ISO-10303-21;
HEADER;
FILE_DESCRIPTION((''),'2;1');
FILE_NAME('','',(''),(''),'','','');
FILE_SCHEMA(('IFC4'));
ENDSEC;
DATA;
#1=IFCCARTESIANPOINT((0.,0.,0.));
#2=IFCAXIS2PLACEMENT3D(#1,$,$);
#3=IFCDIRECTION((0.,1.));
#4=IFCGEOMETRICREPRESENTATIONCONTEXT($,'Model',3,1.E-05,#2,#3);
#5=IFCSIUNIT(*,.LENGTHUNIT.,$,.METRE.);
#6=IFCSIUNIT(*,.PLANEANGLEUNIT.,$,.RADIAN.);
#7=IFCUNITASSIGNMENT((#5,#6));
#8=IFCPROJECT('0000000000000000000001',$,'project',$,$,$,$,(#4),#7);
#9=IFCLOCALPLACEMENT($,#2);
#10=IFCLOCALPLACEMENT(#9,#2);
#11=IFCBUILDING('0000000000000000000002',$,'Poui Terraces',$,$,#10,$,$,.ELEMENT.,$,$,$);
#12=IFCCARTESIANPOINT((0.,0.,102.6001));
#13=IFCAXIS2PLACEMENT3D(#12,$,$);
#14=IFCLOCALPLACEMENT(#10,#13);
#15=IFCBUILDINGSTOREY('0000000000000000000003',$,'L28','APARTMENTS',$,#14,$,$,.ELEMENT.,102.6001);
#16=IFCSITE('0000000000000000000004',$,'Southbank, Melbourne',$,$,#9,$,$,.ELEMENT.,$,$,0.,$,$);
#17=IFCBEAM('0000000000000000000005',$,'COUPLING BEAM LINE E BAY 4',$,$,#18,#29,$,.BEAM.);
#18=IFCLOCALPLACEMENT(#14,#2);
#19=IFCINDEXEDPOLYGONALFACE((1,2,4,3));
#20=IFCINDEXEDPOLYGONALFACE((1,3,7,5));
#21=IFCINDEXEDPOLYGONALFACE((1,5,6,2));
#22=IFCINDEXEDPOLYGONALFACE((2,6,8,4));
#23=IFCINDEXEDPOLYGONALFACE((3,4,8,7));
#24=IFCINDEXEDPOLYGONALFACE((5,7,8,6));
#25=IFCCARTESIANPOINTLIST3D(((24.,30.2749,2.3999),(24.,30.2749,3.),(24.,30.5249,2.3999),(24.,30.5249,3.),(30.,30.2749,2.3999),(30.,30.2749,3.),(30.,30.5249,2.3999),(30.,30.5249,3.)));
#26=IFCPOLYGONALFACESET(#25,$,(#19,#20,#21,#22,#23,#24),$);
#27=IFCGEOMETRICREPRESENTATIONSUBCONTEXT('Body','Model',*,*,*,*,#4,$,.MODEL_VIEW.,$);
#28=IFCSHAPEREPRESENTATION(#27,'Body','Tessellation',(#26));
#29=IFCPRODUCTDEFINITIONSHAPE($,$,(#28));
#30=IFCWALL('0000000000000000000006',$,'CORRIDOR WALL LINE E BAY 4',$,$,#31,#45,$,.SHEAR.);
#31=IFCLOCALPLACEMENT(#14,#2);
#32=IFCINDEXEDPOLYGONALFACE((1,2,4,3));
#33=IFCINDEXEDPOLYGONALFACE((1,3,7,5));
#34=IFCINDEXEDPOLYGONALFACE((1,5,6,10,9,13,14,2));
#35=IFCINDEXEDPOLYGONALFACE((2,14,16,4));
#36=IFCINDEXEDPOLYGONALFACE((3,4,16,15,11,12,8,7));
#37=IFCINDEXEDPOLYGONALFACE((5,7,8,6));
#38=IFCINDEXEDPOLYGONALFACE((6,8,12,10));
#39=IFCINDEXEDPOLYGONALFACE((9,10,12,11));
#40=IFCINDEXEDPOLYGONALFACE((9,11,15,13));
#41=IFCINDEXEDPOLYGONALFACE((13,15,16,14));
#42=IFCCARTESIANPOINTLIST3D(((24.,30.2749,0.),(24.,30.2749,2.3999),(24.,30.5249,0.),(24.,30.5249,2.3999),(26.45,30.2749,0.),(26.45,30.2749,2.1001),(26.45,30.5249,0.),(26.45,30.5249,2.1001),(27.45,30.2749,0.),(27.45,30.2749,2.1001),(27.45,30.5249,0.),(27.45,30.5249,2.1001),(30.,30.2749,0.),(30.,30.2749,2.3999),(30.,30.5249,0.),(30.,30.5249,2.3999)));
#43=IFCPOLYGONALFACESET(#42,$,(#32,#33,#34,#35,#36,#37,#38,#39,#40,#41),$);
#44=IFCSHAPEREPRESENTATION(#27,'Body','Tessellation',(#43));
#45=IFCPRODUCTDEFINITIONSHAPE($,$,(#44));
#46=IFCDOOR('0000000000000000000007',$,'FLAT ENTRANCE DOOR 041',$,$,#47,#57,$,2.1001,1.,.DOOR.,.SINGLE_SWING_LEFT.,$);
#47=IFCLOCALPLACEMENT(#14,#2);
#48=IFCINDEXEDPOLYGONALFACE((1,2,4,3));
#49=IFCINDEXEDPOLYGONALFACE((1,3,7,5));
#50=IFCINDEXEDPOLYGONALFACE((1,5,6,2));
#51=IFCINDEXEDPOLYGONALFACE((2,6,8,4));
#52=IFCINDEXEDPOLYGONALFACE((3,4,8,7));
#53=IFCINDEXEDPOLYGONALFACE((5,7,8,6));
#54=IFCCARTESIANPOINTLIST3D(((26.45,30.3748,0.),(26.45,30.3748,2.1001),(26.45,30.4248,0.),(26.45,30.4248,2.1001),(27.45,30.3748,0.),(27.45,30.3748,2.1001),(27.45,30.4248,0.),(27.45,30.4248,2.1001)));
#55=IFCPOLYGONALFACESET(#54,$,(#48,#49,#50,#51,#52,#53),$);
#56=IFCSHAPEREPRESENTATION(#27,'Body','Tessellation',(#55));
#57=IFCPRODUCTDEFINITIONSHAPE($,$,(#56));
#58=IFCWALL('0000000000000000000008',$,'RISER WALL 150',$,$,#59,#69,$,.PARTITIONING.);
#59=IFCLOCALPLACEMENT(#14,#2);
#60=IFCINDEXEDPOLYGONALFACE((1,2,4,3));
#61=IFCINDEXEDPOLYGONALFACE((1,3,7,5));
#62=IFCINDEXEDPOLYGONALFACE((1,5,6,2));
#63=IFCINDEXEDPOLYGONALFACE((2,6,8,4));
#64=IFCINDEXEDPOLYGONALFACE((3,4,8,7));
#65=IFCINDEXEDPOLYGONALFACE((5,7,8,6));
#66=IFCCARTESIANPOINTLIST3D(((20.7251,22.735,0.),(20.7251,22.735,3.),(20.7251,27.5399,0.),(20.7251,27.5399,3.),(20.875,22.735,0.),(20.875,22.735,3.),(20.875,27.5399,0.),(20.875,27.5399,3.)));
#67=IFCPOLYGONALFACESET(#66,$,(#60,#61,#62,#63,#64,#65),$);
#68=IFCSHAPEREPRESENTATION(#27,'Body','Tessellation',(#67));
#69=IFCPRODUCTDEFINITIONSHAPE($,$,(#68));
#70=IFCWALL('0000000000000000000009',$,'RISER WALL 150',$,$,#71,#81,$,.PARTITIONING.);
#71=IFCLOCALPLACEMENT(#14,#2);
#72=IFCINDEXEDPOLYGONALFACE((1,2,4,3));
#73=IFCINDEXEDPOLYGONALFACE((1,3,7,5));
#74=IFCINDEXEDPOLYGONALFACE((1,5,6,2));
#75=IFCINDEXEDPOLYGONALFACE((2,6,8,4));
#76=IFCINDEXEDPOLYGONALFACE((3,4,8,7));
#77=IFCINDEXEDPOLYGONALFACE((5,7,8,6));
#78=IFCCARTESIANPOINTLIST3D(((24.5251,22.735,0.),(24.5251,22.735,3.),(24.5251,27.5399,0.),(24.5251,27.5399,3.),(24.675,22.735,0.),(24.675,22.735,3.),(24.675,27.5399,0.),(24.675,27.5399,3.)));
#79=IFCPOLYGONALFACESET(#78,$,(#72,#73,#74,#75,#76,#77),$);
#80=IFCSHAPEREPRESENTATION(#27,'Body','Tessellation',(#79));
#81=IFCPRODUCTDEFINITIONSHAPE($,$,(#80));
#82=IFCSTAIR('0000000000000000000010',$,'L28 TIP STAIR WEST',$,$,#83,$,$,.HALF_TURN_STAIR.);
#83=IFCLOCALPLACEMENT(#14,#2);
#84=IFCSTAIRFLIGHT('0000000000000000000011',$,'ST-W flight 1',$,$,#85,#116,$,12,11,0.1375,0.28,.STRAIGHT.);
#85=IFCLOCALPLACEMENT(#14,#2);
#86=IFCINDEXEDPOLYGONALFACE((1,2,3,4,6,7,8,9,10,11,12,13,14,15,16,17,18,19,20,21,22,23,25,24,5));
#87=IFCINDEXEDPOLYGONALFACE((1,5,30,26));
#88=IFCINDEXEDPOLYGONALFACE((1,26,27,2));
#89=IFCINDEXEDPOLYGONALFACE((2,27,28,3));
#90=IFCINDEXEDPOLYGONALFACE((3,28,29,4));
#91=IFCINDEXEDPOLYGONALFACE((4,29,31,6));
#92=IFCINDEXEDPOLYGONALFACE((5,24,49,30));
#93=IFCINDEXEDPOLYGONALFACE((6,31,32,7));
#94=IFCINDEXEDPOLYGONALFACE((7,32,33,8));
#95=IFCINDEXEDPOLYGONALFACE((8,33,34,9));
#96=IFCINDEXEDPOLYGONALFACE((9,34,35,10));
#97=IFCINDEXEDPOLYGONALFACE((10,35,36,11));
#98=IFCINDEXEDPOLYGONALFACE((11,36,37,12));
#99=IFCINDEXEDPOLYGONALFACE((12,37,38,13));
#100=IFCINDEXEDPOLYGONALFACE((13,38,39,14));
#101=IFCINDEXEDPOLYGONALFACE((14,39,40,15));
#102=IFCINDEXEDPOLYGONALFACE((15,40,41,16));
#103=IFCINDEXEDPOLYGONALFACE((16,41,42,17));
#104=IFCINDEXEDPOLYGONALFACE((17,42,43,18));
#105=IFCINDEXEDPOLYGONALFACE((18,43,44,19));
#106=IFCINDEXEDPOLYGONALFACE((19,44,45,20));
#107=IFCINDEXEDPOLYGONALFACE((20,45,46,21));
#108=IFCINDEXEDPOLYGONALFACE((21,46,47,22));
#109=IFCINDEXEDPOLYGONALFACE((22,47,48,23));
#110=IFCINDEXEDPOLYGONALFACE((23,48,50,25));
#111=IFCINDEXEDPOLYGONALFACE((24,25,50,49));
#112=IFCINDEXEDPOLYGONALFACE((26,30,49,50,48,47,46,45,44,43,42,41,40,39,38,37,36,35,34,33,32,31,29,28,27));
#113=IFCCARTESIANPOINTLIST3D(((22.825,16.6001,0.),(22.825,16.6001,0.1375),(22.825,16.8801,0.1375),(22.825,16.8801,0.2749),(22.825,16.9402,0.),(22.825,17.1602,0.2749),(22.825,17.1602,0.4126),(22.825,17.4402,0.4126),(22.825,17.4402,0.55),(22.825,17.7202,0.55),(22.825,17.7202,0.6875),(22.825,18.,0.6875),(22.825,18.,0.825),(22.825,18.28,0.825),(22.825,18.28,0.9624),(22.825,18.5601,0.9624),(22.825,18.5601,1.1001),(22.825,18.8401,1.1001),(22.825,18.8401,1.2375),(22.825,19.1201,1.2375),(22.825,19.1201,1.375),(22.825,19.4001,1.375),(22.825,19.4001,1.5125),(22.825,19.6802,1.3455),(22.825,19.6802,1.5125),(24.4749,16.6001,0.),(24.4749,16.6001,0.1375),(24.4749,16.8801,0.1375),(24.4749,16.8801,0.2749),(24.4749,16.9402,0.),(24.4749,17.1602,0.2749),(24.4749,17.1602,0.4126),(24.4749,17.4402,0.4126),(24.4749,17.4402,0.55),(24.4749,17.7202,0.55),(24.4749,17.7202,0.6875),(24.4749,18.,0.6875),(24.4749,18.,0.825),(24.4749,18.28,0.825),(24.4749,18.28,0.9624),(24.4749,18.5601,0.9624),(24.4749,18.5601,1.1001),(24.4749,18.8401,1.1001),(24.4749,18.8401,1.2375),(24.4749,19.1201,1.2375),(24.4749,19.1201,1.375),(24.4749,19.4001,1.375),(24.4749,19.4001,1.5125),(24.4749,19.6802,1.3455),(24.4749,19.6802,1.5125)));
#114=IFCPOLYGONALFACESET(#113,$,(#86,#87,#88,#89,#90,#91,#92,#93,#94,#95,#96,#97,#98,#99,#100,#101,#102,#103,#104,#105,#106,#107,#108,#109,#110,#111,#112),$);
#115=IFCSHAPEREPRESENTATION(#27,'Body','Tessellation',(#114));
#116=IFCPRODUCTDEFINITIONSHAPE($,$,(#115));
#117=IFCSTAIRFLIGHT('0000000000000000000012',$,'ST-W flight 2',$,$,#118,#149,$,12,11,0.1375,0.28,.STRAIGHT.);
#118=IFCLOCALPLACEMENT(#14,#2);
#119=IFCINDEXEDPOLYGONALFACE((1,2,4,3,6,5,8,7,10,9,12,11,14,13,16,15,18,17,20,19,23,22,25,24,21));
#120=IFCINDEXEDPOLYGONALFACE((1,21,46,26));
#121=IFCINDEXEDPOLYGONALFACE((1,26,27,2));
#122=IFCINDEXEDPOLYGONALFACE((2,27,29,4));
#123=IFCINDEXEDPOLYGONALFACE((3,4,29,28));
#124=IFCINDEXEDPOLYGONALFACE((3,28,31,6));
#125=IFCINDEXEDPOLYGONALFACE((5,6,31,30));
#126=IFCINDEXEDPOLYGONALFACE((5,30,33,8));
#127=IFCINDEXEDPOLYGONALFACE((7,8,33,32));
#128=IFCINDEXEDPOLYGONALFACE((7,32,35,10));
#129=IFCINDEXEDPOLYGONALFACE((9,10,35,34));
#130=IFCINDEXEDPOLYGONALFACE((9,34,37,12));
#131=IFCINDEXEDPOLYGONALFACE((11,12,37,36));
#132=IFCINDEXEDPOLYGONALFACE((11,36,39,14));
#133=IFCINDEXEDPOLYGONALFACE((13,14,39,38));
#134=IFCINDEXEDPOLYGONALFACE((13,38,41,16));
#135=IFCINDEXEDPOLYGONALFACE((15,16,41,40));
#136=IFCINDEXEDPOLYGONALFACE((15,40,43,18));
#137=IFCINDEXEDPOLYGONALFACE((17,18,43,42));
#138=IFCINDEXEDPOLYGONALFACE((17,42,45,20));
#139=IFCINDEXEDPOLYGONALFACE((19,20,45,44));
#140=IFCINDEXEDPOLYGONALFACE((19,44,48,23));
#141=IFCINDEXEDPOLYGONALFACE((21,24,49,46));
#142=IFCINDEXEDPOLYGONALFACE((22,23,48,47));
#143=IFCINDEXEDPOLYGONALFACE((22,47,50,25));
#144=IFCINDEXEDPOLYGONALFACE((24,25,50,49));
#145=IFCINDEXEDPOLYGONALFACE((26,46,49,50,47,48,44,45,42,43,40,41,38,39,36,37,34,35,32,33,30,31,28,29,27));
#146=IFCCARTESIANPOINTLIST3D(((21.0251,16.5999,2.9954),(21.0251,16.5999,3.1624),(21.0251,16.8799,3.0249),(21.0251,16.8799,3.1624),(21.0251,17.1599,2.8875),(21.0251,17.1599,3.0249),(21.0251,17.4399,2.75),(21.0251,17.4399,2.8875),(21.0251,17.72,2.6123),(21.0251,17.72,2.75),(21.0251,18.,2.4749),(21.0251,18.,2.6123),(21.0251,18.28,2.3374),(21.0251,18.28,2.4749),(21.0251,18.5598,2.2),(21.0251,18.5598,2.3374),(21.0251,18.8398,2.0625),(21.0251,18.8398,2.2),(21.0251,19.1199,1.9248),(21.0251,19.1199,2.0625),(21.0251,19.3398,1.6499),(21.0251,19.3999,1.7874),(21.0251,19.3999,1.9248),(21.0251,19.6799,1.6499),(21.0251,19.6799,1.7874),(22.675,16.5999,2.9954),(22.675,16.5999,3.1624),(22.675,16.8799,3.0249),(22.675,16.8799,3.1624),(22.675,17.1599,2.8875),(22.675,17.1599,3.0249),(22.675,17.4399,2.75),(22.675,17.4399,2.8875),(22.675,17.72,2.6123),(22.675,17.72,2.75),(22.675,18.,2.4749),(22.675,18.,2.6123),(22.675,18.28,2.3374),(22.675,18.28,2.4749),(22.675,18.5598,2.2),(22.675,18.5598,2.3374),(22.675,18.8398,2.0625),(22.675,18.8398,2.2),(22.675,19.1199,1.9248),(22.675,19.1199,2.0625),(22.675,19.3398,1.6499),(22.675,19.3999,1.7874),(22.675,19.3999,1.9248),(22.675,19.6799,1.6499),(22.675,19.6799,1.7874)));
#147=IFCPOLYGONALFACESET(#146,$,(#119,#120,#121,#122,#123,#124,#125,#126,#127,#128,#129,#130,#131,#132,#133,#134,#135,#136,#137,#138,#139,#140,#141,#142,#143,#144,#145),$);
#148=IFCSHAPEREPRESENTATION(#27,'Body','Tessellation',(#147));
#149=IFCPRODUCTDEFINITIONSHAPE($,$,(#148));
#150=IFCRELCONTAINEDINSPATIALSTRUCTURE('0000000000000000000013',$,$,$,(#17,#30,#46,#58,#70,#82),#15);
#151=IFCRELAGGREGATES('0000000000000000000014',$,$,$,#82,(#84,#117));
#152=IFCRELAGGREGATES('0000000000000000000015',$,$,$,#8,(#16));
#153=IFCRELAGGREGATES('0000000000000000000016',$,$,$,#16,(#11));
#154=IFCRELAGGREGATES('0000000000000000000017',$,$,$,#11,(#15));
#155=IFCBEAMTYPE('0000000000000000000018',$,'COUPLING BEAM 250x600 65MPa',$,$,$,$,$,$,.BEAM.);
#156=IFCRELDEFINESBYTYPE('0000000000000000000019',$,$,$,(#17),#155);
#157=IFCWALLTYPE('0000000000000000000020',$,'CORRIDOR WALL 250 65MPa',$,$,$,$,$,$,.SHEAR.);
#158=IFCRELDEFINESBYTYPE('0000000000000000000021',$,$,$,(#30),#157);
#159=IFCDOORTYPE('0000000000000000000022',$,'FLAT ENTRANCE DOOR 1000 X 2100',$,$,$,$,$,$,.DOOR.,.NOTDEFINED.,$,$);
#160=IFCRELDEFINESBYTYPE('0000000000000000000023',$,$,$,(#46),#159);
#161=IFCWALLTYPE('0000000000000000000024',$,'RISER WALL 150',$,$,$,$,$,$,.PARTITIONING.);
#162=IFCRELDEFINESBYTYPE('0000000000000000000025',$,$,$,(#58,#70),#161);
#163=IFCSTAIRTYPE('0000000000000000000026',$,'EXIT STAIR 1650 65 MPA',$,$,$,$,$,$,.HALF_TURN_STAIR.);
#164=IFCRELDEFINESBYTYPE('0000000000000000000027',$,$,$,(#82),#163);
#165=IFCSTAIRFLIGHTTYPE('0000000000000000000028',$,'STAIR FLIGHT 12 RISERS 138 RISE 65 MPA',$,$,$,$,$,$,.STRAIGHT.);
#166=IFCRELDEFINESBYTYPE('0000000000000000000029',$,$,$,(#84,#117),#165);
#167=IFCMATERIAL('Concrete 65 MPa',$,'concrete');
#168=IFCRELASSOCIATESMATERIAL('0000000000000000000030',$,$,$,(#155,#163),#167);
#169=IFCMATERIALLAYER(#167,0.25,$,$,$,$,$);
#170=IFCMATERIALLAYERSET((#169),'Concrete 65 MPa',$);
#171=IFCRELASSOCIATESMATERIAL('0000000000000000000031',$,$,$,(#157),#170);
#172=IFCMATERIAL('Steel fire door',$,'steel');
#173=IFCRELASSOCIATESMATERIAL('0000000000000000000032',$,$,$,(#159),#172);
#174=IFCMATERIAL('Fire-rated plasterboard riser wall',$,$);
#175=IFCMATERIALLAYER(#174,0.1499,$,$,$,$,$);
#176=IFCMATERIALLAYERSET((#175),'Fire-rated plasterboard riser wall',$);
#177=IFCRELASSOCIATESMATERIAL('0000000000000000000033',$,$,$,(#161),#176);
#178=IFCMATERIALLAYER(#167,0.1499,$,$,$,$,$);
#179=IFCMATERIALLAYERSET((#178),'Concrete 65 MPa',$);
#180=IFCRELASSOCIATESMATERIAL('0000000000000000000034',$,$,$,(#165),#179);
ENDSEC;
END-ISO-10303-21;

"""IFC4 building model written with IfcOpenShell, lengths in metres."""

from ifc_helpers import new_model, si_unit, direction, frame, frame_2d, origin, origin_2d, place, context, subcontext, project, spatial, polyline, rectangle, outline, extrude, source, transform, mapped, material, layer, layer_set, material_profile, profile_set, type_object, element, fill, aggregate, save


model = new_model("IFC4")

# Units and contexts
model_context = context("Model", 3, precision=1e-05, world=origin(), true_north=direction((0.0, 1.0)))
body_context = subcontext(model_context, "Body", "Model", "MODEL_VIEW")
ifc_project = project(units=[si_unit("LENGTHUNIT", "METRE"), si_unit("PLANEANGLEUNIT", "RADIAN")], contexts=[model_context])

# Site, building, storey
site_placement = place(None, origin())
site = spatial("IfcSite", under=ifc_project, at=site_placement, Name="Southbank, Melbourne", CompositionType="ELEMENT", RefElevation=0.0)
building_placement = place(site_placement, origin())
building = spatial("IfcBuilding", under=site, at=building_placement, Name="Poui Terraces", CompositionType="ELEMENT")
storey_placement = place(building_placement, frame((0.0, 0.0, 102.6001)))
storey = spatial("IfcBuildingStorey", under=building, at=storey_placement, Name="L28", Description="APARTMENTS", CompositionType="ELEMENT", Elevation=102.6001)

# Beam
ifc_material_1 = material(Name="Concrete 65 MPa", Category="concrete")
ifc_material_profile = material_profile(ifc_material_1, rectangle(XDim=0.25, YDim=0.6001, at=origin_2d()), Name="RC 250x600")
ifc_profile_set = profile_set([ifc_material_profile], Name="Concrete 65 MPa")
beam_type = type_object("IfcBeamType", Name="COUPLING BEAM 250x600 65MPa", PredefinedType="BEAM", material=ifc_profile_set)
shared_shape = source(origin(), body_context, "Body", "SweptSolid", [
    extrude(rectangle(XDim=0.25, YDim=0.6001, at=origin_2d()), origin(), (0.0, 0.0, 1.0), 6.0),
])
beam_placement = place(storey_placement, frame((24.0, 30.3999, 2.7), z_axis=(1.0, 0.0, 0.0), x_axis=(0.0, 1.0, 0.0)))
element("IfcBeam", 1, at=beam_placement, inside=storey, type_object=beam_type, Name="COUPLING BEAM LINE E BAY 4", PredefinedType="BEAM", context=body_context, shape_type="MappedRepresentation", body=[
    mapped(shared_shape, transform((0.0, 0.0, 0.0))),
])

# Wall, opening, door
ifc_layer_1 = layer(ifc_material_1, 0.25)
ifc_layer_set_1 = layer_set([ifc_layer_1], Name="Concrete 65 MPa")
wall_type_1 = type_object("IfcWallType", Name="CORRIDOR WALL 250 65MPa", PredefinedType="SHEAR", material=ifc_layer_set_1)
wall_placement = place(storey_placement, frame((24.0, 30.3999, 0.0), z_axis=(0.0, 0.0, 1.0), x_axis=(1.0, 0.0, 0.0)))
wall = element("IfcWall", 2, at=wall_placement, inside=storey, type_object=wall_type_1, Name="CORRIDOR WALL LINE E BAY 4", PredefinedType="SHEAR", context=body_context, shape_type="SweptSolid", body=[
    extrude(rectangle(XDim=6.0, YDim=0.25, at=frame_2d((3.0, 0.0))), origin(), (0.0, 0.0, 1.0), 2.3999),
])
opening_placement = place(wall_placement, frame((2.45, 0.0, 0.0)))
opening = element("IfcOpeningElement", 3, at=opening_placement, cuts=wall, PredefinedType="OPENING", context=body_context, shape_type="SweptSolid", body=[
    extrude(rectangle(XDim=1.0, YDim=2.1001, at=frame_2d((0.5, 1.05))), frame((0.0, 0.135, 0.0), z_axis=(0.0, -1.0, 0.0), x_axis=(1.0, 0.0, 0.0)), (0.0, 0.0, 1.0), 0.27),
])
ifc_material_2 = material(Name="Steel fire door", Category="steel")
door_type = type_object("IfcDoorType", Name="FLAT ENTRANCE DOOR 1000 X 2100", OperationType="NOTDEFINED", PredefinedType="DOOR", material=ifc_material_2)
door_placement = place(opening_placement, origin())
door = element("IfcDoor", 4, at=door_placement, inside=storey, type_object=door_type, Name="FLAT ENTRANCE DOOR 041", OperationType="SINGLE_SWING_LEFT", OverallHeight=2.1001, OverallWidth=1.0, PredefinedType="DOOR", context=body_context, shape_type="SweptSolid", body=[
    extrude(rectangle(XDim=1.0, YDim=2.1001, at=frame_2d((0.5, 1.05))), frame((0.0, 0.0249, 0.0), z_axis=(0.0, -1.0, 0.0), x_axis=(1.0, 0.0, 0.0)), (0.0, 0.0, 1.0), 0.05),
])
fill(opening, door)

# Walls
ifc_material_3 = material(Name="Fire-rated plasterboard riser wall")
ifc_layer_2 = layer(ifc_material_3, 0.1499)
ifc_layer_set_2 = layer_set([ifc_layer_2], Name="Fire-rated plasterboard riser wall")
wall_type_2 = type_object("IfcWallType", Name="RISER WALL 150", PredefinedType="PARTITIONING", material=ifc_layer_set_2)
for number, where, z_axis, x_axis, name in (
    (5, (20.8, 22.7351, 0.0), (0.0, 0.0, 1.0), (0.0, 1.0, 0.0), "RISER WALL 150"),
    (6, (24.6001, 22.7351, 0.0), (0.0, 0.0, 1.0), (0.0, 1.0, 0.0), "RISER WALL 150"),
):
    element("IfcWall", number, at=place(storey_placement, frame(where, z_axis=z_axis, x_axis=x_axis)), inside=storey, type_object=wall_type_2, Name=name, PredefinedType="PARTITIONING", context=body_context, shape_type="SweptSolid", body=[
        extrude(rectangle(XDim=4.8049, YDim=0.1499, at=frame_2d((2.4023, 0.0))), origin(), (0.0, 0.0, 1.0), 3.0),
    ])

# Stair, stair flights
stair_type = type_object("IfcStairType", Name="EXIT STAIR 1650 65 MPA", PredefinedType="HALF_TURN_STAIR", material=ifc_material_1)
stair_placement = place(storey_placement, origin())
stair = element("IfcStair", 7, at=stair_placement, inside=storey, type_object=stair_type, Name="L28 TIP STAIR WEST", PredefinedType="HALF_TURN_STAIR")
ifc_layer_3 = layer(ifc_material_1, 0.1499)
ifc_layer_set_3 = layer_set([ifc_layer_3], Name="Concrete 65 MPa")
stair_flight_type = type_object("IfcStairFlightType", Name="STAIR FLIGHT 12 RISERS 138 RISE 65 MPA", PredefinedType="STRAIGHT", material=ifc_layer_set_3)
stair_flight_1_placement = place(storey_placement, frame((23.6499, 16.6001, 0.0), z_axis=(0.0, 0.0, 1.0), x_axis=(0.0, 1.0, 0.0)))
stair_flight_1 = element("IfcStairFlight", 8, at=stair_flight_1_placement, type_object=stair_flight_type, Name="ST-W flight 1", NumberOfRisers=12, NumberOfTreads=11, PredefinedType="STRAIGHT", RiserHeight=0.1375, TreadLength=0.28, context=body_context, shape_type="SweptSolid", body=[
    extrude(outline(polyline([(0.0, 0.0), (0.0, 0.1375), (0.28, 0.1375), (0.28, 0.2749), (0.5601, 0.2749), (0.5601, 0.4126), (0.8401, 0.4126), (0.8401, 0.55), (1.1201, 0.55), (1.1201, 0.6875), (1.3999, 0.6875), (1.3999, 0.825), (1.6799, 0.825), (1.6799, 0.9624), (1.96, 0.9624), (1.96, 1.1001), (2.24, 1.1001), (2.24, 1.2375), (2.52, 1.2375), (2.52, 1.375), (2.8, 1.375), (2.8, 1.5125), (3.0801, 1.5125), (3.0801, 1.6499), (3.0801, 1.3455), (0.3401, 0.0), (0.0, 0.0)])), frame((0.0, 0.825, 0.0), z_axis=(0.0, -1.0, 0.0), x_axis=(1.0, 0.0, 0.0)), (0.0, 0.0, 1.0), 1.6499),
])
stair_flight_2_placement = place(storey_placement, frame((21.8501, 19.6799, 1.6499), z_axis=(0.0, 0.0, 1.0), x_axis=(0.0, -1.0, 0.0)))
stair_flight_2 = element("IfcStairFlight", 9, at=stair_flight_2_placement, type_object=stair_flight_type, Name="ST-W flight 2", NumberOfRisers=12, NumberOfTreads=11, PredefinedType="STRAIGHT", RiserHeight=0.1375, TreadLength=0.28, context=body_context, shape_type="SweptSolid", body=[
    extrude(outline(polyline([(0.0, 0.0), (0.0, 0.1375), (0.28, 0.1375), (0.28, 0.2749), (0.5601, 0.2749), (0.5601, 0.4126), (0.8401, 0.4126), (0.8401, 0.55), (1.1201, 0.55), (1.1201, 0.6875), (1.3999, 0.6875), (1.3999, 0.825), (1.6799, 0.825), (1.6799, 0.9624), (1.96, 0.9624), (1.96, 1.1001), (2.24, 1.1001), (2.24, 1.2375), (2.52, 1.2375), (2.52, 1.375), (2.8, 1.375), (2.8, 1.5125), (3.0801, 1.5125), (3.0801, 1.6499), (3.0801, 1.3455), (0.3401, 0.0), (0.0, 0.0)])), frame((0.0, 0.825, 0.0), z_axis=(0.0, -1.0, 0.0), x_axis=(1.0, 0.0, 0.0)), (0.0, 0.0, 1.0), 1.6499),
])
aggregate(stair, [stair_flight_1, stair_flight_2])

save(model, "model.ifc")
